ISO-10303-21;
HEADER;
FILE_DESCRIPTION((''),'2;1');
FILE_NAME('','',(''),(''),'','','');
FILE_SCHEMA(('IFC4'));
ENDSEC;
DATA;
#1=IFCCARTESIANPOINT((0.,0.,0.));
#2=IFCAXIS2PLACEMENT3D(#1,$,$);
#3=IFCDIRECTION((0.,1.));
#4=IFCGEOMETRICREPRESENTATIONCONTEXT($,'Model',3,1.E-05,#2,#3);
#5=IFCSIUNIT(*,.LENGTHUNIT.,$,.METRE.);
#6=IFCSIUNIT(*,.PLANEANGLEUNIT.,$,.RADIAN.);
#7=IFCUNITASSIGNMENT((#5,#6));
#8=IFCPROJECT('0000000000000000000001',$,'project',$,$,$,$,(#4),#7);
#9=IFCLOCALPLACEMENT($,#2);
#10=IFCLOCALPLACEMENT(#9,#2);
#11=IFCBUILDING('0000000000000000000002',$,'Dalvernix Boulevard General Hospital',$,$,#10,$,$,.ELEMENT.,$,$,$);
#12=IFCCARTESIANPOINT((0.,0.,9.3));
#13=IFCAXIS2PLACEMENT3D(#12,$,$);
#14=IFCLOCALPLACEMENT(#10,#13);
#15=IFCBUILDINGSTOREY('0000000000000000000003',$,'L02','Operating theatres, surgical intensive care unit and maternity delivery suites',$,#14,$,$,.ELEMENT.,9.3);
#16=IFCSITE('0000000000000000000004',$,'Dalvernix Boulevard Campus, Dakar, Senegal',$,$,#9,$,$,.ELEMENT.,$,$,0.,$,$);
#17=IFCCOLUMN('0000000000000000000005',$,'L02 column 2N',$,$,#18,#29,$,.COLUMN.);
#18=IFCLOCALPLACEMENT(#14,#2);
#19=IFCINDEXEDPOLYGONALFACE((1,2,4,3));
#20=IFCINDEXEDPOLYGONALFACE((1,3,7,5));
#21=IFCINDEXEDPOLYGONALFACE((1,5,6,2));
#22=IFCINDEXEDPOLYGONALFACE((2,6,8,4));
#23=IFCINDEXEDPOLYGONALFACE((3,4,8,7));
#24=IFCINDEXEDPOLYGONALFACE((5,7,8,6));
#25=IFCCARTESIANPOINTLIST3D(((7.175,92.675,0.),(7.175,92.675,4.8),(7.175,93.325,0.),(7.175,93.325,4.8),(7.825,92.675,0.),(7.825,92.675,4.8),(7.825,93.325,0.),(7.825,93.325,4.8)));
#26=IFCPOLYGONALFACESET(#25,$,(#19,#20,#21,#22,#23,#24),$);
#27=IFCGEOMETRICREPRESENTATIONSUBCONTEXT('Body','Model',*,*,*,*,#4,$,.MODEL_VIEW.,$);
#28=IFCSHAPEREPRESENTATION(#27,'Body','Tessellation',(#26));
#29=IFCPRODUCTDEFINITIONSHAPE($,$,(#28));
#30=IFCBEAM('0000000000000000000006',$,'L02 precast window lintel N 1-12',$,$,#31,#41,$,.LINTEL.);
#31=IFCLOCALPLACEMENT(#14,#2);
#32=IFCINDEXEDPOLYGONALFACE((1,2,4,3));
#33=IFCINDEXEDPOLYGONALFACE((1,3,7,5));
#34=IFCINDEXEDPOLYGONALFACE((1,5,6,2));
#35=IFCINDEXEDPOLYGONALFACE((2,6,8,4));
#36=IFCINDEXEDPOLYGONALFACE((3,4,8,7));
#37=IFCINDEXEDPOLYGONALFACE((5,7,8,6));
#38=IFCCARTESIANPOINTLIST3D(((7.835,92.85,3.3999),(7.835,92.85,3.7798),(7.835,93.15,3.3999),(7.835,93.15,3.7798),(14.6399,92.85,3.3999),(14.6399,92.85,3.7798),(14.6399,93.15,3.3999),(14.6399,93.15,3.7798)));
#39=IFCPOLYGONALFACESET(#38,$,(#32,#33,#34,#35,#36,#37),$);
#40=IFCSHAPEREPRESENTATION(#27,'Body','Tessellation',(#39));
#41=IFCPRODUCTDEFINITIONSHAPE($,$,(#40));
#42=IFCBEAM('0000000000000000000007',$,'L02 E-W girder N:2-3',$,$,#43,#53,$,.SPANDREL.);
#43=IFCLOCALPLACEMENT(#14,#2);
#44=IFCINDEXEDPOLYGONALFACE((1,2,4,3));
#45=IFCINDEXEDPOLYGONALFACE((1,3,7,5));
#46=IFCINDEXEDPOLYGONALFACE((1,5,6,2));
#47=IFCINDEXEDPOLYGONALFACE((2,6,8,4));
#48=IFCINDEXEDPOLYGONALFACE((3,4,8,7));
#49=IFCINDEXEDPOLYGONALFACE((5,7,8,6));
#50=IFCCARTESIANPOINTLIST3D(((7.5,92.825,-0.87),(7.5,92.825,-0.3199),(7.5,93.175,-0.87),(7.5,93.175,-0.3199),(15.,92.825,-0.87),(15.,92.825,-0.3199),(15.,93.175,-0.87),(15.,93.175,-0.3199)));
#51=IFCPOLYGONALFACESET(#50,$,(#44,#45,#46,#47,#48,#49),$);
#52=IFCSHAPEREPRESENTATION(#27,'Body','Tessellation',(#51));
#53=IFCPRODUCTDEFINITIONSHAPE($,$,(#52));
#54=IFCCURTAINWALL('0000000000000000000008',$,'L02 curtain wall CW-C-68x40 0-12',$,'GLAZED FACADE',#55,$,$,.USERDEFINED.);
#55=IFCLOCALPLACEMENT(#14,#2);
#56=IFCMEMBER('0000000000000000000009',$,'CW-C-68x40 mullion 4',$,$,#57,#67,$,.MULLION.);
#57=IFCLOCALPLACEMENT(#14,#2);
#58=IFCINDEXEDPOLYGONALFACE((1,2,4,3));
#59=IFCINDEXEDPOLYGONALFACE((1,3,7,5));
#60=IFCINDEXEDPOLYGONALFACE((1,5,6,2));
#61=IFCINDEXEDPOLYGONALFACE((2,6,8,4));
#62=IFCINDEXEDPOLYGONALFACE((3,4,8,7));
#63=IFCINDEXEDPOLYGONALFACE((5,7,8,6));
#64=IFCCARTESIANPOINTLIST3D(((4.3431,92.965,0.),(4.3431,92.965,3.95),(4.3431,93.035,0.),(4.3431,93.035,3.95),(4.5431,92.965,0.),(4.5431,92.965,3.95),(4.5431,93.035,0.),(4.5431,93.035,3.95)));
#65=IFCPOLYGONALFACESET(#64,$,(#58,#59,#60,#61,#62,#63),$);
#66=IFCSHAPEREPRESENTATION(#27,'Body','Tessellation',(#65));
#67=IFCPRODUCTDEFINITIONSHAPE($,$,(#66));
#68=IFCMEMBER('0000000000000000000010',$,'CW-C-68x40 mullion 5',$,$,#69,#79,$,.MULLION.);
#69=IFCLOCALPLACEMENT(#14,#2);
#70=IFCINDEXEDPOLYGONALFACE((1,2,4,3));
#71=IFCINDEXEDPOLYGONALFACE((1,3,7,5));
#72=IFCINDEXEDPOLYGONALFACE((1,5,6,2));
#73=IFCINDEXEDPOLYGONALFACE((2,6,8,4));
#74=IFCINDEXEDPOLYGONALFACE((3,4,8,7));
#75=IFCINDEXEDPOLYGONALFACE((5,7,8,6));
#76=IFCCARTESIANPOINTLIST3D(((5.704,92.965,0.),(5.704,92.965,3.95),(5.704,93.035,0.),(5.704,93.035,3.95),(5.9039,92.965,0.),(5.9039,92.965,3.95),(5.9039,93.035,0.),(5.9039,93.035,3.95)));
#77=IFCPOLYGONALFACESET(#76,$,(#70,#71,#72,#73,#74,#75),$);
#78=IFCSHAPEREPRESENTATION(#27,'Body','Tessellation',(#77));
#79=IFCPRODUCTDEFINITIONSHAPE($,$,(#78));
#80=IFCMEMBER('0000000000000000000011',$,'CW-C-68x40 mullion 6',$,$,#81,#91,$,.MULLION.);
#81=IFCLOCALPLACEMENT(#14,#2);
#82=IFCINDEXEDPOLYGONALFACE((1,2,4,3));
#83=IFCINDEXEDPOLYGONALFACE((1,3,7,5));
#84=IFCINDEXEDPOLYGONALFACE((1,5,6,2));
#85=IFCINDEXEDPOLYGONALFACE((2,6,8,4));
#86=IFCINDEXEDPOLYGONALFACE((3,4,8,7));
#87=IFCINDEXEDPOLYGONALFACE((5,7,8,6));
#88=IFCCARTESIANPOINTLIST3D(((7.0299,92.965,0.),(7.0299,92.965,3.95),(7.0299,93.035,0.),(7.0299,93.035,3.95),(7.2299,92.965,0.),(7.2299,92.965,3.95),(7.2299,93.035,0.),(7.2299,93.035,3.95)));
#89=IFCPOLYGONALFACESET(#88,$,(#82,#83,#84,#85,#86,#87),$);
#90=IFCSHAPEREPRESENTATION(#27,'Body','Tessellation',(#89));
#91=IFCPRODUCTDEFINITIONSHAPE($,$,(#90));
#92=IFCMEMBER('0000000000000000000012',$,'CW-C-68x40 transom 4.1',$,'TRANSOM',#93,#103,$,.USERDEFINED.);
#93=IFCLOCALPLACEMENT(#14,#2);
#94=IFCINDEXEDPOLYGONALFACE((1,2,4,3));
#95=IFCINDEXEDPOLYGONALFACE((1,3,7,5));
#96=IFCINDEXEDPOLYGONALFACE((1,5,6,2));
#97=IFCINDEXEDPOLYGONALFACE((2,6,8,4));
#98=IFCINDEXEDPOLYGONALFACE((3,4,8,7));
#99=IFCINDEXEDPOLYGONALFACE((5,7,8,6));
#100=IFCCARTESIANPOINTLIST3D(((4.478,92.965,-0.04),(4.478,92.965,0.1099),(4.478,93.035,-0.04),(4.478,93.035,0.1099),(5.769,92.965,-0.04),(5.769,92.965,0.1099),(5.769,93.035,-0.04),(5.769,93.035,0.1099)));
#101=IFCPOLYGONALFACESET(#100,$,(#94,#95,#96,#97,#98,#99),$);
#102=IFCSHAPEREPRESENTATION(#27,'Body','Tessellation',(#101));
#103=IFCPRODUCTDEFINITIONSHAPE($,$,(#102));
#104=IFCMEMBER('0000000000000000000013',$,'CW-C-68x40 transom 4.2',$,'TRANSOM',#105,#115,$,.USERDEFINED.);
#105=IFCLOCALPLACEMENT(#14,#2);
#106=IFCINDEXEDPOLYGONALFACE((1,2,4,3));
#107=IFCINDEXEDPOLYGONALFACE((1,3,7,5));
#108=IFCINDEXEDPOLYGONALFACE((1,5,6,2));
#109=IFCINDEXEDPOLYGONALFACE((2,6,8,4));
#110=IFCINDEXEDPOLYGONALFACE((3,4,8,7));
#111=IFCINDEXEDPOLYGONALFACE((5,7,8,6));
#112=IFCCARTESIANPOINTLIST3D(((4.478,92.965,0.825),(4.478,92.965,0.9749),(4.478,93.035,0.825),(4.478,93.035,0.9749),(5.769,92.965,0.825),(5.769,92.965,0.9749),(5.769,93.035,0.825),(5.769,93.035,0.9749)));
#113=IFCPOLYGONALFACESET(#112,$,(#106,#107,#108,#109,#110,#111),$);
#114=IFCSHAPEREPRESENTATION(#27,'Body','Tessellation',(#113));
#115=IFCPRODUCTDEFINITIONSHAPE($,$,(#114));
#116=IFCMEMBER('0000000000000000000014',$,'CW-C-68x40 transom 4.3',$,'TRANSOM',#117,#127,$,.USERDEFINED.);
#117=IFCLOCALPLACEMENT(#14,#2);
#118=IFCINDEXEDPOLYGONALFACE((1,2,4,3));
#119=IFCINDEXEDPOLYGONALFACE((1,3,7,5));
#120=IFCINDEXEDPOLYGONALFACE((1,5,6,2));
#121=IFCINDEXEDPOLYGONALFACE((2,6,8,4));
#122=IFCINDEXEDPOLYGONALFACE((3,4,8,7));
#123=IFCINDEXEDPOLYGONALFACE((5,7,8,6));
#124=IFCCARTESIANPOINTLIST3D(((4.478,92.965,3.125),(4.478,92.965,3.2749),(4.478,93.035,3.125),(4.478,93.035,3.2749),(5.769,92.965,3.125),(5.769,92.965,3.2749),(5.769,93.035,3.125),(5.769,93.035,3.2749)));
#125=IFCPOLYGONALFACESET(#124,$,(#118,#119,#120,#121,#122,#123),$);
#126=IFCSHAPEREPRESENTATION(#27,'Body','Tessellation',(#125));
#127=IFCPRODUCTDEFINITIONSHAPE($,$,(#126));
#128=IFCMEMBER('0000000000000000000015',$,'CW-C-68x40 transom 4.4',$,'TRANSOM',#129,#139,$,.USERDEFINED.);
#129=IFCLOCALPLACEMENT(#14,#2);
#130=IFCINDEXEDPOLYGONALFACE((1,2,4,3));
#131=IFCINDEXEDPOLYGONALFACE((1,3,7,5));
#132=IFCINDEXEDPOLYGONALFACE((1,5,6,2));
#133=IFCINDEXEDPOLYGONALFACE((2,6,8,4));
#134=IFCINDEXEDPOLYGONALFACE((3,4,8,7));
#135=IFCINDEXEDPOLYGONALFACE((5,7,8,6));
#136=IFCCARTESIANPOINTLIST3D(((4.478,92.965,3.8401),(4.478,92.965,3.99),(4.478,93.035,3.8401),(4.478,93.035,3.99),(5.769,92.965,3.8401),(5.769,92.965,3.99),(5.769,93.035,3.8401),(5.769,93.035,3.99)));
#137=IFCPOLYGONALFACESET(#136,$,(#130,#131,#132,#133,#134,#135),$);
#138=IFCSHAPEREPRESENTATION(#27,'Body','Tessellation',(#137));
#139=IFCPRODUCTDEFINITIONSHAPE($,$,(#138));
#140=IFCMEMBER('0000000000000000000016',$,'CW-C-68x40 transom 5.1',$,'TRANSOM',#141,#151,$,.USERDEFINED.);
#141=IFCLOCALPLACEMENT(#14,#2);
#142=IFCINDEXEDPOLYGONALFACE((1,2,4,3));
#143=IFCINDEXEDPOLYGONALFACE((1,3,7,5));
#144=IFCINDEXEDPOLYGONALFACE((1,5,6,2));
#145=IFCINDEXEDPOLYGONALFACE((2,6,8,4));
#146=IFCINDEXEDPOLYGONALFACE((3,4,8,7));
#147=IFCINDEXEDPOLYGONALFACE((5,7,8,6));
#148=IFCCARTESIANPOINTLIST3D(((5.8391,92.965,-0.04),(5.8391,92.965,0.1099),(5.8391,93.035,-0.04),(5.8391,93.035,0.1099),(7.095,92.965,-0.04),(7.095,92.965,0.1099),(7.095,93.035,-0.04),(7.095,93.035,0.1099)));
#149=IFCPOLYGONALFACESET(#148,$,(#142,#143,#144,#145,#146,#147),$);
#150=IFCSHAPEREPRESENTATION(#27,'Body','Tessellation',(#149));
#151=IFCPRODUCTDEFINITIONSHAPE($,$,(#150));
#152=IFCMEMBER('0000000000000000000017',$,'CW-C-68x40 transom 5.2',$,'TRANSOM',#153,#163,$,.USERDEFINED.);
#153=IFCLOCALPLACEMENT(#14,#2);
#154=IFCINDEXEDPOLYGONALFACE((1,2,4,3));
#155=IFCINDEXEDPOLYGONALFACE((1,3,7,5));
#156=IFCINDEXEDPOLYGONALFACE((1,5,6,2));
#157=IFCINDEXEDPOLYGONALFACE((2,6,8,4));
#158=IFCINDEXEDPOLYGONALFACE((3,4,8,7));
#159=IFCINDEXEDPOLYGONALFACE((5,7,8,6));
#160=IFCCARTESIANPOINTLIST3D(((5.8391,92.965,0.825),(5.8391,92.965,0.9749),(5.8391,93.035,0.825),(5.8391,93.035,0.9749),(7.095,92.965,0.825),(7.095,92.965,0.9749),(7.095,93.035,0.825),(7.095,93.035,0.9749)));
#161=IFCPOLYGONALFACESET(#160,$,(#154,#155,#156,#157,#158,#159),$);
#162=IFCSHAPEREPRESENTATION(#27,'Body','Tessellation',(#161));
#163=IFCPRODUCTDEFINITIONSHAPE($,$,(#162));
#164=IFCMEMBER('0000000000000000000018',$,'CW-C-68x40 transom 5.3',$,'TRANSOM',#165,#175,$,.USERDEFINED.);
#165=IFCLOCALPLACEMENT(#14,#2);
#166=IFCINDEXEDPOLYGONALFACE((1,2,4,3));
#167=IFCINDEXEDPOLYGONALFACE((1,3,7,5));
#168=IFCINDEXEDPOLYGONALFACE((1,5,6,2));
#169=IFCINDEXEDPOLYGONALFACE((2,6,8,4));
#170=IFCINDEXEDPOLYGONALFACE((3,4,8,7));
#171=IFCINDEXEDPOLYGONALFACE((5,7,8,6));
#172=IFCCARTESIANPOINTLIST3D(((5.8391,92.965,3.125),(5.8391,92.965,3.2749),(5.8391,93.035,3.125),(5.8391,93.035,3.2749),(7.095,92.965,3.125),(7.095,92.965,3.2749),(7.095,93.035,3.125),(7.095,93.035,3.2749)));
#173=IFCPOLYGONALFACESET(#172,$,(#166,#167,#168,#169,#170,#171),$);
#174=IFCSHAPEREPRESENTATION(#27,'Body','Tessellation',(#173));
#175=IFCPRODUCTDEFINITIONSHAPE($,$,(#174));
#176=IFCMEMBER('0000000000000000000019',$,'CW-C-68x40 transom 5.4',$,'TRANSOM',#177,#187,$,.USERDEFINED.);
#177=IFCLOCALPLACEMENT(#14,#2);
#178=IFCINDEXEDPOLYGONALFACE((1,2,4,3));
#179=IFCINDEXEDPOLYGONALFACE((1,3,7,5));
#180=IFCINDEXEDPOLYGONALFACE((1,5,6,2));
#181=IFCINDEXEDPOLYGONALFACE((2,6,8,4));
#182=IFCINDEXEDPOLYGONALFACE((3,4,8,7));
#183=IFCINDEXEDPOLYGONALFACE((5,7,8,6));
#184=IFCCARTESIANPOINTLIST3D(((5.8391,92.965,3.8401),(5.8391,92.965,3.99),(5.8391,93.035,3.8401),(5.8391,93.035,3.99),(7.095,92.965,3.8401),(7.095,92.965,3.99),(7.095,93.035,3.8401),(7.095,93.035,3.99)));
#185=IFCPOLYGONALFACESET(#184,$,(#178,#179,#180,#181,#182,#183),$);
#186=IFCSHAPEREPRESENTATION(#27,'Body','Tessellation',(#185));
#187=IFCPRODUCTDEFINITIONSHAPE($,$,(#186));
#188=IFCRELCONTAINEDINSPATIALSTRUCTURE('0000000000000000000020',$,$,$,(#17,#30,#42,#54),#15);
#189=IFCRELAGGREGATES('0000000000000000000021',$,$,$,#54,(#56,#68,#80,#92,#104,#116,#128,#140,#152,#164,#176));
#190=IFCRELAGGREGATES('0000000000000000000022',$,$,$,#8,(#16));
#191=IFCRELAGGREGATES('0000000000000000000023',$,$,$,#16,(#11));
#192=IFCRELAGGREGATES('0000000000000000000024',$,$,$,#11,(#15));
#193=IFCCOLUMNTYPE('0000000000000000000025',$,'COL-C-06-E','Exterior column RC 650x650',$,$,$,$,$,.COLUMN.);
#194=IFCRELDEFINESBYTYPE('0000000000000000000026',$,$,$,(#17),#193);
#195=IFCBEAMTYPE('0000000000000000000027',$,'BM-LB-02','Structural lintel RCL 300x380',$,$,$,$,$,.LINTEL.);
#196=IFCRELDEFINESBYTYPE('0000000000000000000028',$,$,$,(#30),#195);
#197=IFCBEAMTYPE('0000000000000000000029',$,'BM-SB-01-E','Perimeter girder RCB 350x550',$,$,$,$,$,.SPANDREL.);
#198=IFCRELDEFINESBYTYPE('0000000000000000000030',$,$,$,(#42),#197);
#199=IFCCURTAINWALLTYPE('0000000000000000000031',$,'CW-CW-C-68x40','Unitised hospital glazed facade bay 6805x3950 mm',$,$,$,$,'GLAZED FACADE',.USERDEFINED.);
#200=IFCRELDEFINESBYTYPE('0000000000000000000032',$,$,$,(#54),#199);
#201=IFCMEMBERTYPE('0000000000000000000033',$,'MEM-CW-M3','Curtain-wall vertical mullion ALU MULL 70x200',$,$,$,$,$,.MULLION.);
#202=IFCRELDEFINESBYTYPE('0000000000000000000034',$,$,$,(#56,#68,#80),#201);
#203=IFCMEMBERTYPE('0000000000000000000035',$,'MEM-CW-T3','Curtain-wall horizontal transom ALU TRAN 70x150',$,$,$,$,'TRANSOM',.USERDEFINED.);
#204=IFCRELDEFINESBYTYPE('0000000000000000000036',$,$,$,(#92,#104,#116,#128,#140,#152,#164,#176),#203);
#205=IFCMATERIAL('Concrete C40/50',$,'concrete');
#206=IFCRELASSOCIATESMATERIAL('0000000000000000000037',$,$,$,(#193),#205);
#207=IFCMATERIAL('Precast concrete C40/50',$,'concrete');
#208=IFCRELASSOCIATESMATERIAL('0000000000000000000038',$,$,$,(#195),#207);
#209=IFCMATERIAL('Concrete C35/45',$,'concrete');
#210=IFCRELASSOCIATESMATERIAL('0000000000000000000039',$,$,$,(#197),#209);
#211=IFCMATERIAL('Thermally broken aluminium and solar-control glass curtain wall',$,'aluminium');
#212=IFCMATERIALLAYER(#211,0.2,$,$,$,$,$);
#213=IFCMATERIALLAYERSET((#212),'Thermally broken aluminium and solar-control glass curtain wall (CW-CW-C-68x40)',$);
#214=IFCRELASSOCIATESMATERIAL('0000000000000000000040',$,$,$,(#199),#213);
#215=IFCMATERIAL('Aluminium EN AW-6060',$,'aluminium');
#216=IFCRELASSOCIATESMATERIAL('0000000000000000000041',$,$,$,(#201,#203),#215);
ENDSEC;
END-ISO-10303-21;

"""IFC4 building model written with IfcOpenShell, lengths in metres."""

from ifc_helpers import new_model, si_unit, direction, frame, origin, origin_2d, place, context, subcontext, project, spatial, rectangle, extrude, material, layer, layer_set, material_profile, profile_set, type_object, element, aggregate, save


model = new_model("IFC4")

# Units and contexts
model_context = context("Model", 3, precision=1e-05, world=origin(), true_north=direction((0.0, 1.0)))
body_context = subcontext(model_context, "Body", "Model", "MODEL_VIEW")
ifc_project = project(units=[si_unit("LENGTHUNIT", "METRE"), si_unit("PLANEANGLEUNIT", "RADIAN")], contexts=[model_context])

# Site, building, storey
site_placement = place(None, origin())
site = spatial("IfcSite", under=ifc_project, at=site_placement, Name="Dalvernix Boulevard Campus, Dakar, Senegal", CompositionType="ELEMENT", RefElevation=0.0)
building_placement = place(site_placement, origin())
building = spatial("IfcBuilding", under=site, at=building_placement, Name="Dalvernix Boulevard General Hospital", CompositionType="ELEMENT")
storey_placement = place(building_placement, frame((0.0, 0.0, 9.3)))
storey = spatial("IfcBuildingStorey", under=building, at=storey_placement, Name="L02", Description="Operating theatres, surgical intensive care unit and maternity delivery suites", CompositionType="ELEMENT", Elevation=9.3)

# Column
ifc_material_1 = material(Name="Concrete C40/50", Category="concrete")
ifc_material_profile_1 = material_profile(ifc_material_1, rectangle(XDim=0.6499, YDim=0.6499, at=origin_2d()), Name="RC 650x650")
ifc_profile_set_1 = profile_set([ifc_material_profile_1], Name="Concrete C40/50")
column_type = type_object("IfcColumnType", Name="COL-C-06-E", Description="Exterior column RC 650x650", PredefinedType="COLUMN", material=ifc_profile_set_1)
column_placement = place(storey_placement, frame((7.5, 93.0, 0.0), z_axis=(0.0, 0.0, 1.0), x_axis=(1.0, 0.0, 0.0)))
element("IfcColumn", 1, at=column_placement, inside=storey, type_object=column_type, Name="L02 column 2N", PredefinedType="COLUMN", context=body_context, shape_type="SweptSolid", body=[
    extrude(rectangle(XDim=0.6499, YDim=0.6499, at=origin_2d()), origin(), (0.0, 0.0, 1.0), 4.8),
])

# Beams
ifc_material_2 = material(Name="Precast concrete C40/50", Category="concrete")
ifc_material_profile_2 = material_profile(ifc_material_2, rectangle(XDim=0.3, YDim=0.3799, at=origin_2d()), Name="RCL 300x380")
ifc_profile_set_2 = profile_set([ifc_material_profile_2], Name="Precast concrete C40/50")
beam_type_1 = type_object("IfcBeamType", Name="BM-LB-02", Description="Structural lintel RCL 300x380", PredefinedType="LINTEL", material=ifc_profile_set_2)
beam_1_placement = place(storey_placement, frame((7.835, 93.0, 3.5898), z_axis=(1.0, 0.0, 0.0), x_axis=(0.0, 1.0, 0.0)))
element("IfcBeam", 2, at=beam_1_placement, inside=storey, type_object=beam_type_1, Name="L02 precast window lintel N 1-12", PredefinedType="LINTEL", context=body_context, shape_type="SweptSolid", body=[
    extrude(rectangle(XDim=0.3, YDim=0.3799, at=origin_2d()), origin(), (0.0, 0.0, 1.0), 6.8049),
])
ifc_material_3 = material(Name="Concrete C35/45", Category="concrete")
ifc_material_profile_3 = material_profile(ifc_material_3, rectangle(XDim=0.3501, YDim=0.55, at=origin_2d()), Name="RCB 350x550")
ifc_profile_set_3 = profile_set([ifc_material_profile_3], Name="Concrete C35/45")
beam_type_2 = type_object("IfcBeamType", Name="BM-SB-01-E", Description="Perimeter girder RCB 350x550", PredefinedType="SPANDREL", material=ifc_profile_set_3)
beam_2_placement = place(storey_placement, frame((7.5, 93.0, -0.595), z_axis=(1.0, 0.0, 0.0), x_axis=(0.0, 1.0, 0.0)))
element("IfcBeam", 3, at=beam_2_placement, inside=storey, type_object=beam_type_2, Name="L02 E-W girder N:2-3", PredefinedType="SPANDREL", context=body_context, shape_type="SweptSolid", body=[
    extrude(rectangle(XDim=0.3501, YDim=0.55, at=origin_2d()), origin(), (0.0, 0.0, 1.0), 7.5),
])

# Curtain wall, members
ifc_material_4 = material(Name="Thermally broken aluminium and solar-control glass curtain wall", Category="aluminium")
ifc_layer_1 = layer(ifc_material_4, 0.2)
ifc_layer_set_1 = layer_set([ifc_layer_1], Name="Thermally broken aluminium and solar-control glass curtain wall (CW-CW-C-68x40)")
curtain_wall_type = type_object("IfcCurtainWallType", Name="CW-CW-C-68x40", Description="Unitised hospital glazed facade bay 6805x3950 mm", ElementType="GLAZED FACADE", PredefinedType="USERDEFINED", material=ifc_layer_set_1)
curtain_wall_placement = place(storey_placement, origin())
curtain_wall = element("IfcCurtainWall", 4, at=curtain_wall_placement, inside=storey, type_object=curtain_wall_type, Name="L02 curtain wall CW-C-68x40 0-12", ObjectType="GLAZED FACADE", PredefinedType="USERDEFINED")
ifc_material_5 = material(Name="Aluminium EN AW-6060", Category="aluminium")
ifc_material_profile_4 = material_profile(ifc_material_5, rectangle(XDim=0.0701, YDim=0.2, at=origin_2d()), Name="ALU MULL 70x200")
ifc_profile_set_4 = profile_set([ifc_material_profile_4], Name="Aluminium EN AW-6060")
member_type_1 = type_object("IfcMemberType", Name="MEM-CW-M3", Description="Curtain-wall vertical mullion ALU MULL 70x200", PredefinedType="MULLION", material=ifc_profile_set_4)
member_1_placement = place(storey_placement, frame((4.4431, 93.0, 0.0), z_axis=(0.0, 0.0, 1.0), x_axis=(0.0, 1.0, 0.0)))
member_1 = element("IfcMember", 5, at=member_1_placement, type_object=member_type_1, Name="CW-C-68x40 mullion 4", PredefinedType="MULLION", context=body_context, shape_type="SweptSolid", body=[
    extrude(rectangle(XDim=0.0701, YDim=0.2, at=origin_2d()), origin(), (0.0, 0.0, 1.0), 3.95),
])
member_2_placement = place(storey_placement, frame((5.804, 93.0, 0.0), z_axis=(0.0, 0.0, 1.0), x_axis=(0.0, 1.0, 0.0)))
member_2 = element("IfcMember", 6, at=member_2_placement, type_object=member_type_1, Name="CW-C-68x40 mullion 5", PredefinedType="MULLION", context=body_context, shape_type="SweptSolid", body=[
    extrude(rectangle(XDim=0.0701, YDim=0.2, at=origin_2d()), origin(), (0.0, 0.0, 1.0), 3.95),
])
member_3_placement = place(storey_placement, frame((7.1299, 93.0, 0.0), z_axis=(0.0, 0.0, 1.0), x_axis=(0.0, 1.0, 0.0)))
member_3 = element("IfcMember", 7, at=member_3_placement, type_object=member_type_1, Name="CW-C-68x40 mullion 6", PredefinedType="MULLION", context=body_context, shape_type="SweptSolid", body=[
    extrude(rectangle(XDim=0.0701, YDim=0.2, at=origin_2d()), origin(), (0.0, 0.0, 1.0), 3.95),
])
ifc_material_profile_5 = material_profile(ifc_material_5, rectangle(XDim=0.0701, YDim=0.1499, at=origin_2d()), Name="ALU TRAN 70x150")
ifc_profile_set_5 = profile_set([ifc_material_profile_5], Name="Aluminium EN AW-6060")
member_type_2 = type_object("IfcMemberType", Name="MEM-CW-T3", Description="Curtain-wall horizontal transom ALU TRAN 70x150", ElementType="TRANSOM", PredefinedType="USERDEFINED", material=ifc_profile_set_5)
member_4_placement = place(storey_placement, frame((4.478, 93.0, 0.0349), z_axis=(1.0, 0.0, 0.0), x_axis=(0.0, 1.0, 0.0)))
member_4 = element("IfcMember", 8, at=member_4_placement, type_object=member_type_2, Name="CW-C-68x40 transom 4.1", ObjectType="TRANSOM", PredefinedType="USERDEFINED", context=body_context, shape_type="SweptSolid", body=[
    extrude(rectangle(XDim=0.0701, YDim=0.1499, at=origin_2d()), origin(), (0.0, 0.0, 1.0), 1.291),
])
member_5_placement = place(storey_placement, frame((4.478, 93.0, 0.8999), z_axis=(1.0, 0.0, 0.0), x_axis=(0.0, 1.0, 0.0)))
member_5 = element("IfcMember", 9, at=member_5_placement, type_object=member_type_2, Name="CW-C-68x40 transom 4.2", ObjectType="TRANSOM", PredefinedType="USERDEFINED", context=body_context, shape_type="SweptSolid", body=[
    extrude(rectangle(XDim=0.0701, YDim=0.1499, at=origin_2d()), origin(), (0.0, 0.0, 1.0), 1.291),
])
member_6_placement = place(storey_placement, frame((4.478, 93.0, 3.2), z_axis=(1.0, 0.0, 0.0), x_axis=(0.0, 1.0, 0.0)))
member_6 = element("IfcMember", 10, at=member_6_placement, type_object=member_type_2, Name="CW-C-68x40 transom 4.3", ObjectType="TRANSOM", PredefinedType="USERDEFINED", context=body_context, shape_type="SweptSolid", body=[
    extrude(rectangle(XDim=0.0701, YDim=0.1499, at=origin_2d()), origin(), (0.0, 0.0, 1.0), 1.291),
])
member_7_placement = place(storey_placement, frame((4.478, 93.0, 3.915), z_axis=(1.0, 0.0, 0.0), x_axis=(0.0, 1.0, 0.0)))
member_7 = element("IfcMember", 11, at=member_7_placement, type_object=member_type_2, Name="CW-C-68x40 transom 4.4", ObjectType="TRANSOM", PredefinedType="USERDEFINED", context=body_context, shape_type="SweptSolid", body=[
    extrude(rectangle(XDim=0.0701, YDim=0.1499, at=origin_2d()), origin(), (0.0, 0.0, 1.0), 1.291),
])
member_8_placement = place(storey_placement, frame((5.8391, 93.0, 0.0349), z_axis=(1.0, 0.0, 0.0), x_axis=(0.0, 1.0, 0.0)))
member_8 = element("IfcMember", 12, at=member_8_placement, type_object=member_type_2, Name="CW-C-68x40 transom 5.1", ObjectType="TRANSOM", PredefinedType="USERDEFINED", context=body_context, shape_type="SweptSolid", body=[
    extrude(rectangle(XDim=0.0701, YDim=0.1499, at=origin_2d()), origin(), (0.0, 0.0, 1.0), 1.2559),
])
member_9_placement = place(storey_placement, frame((5.8391, 93.0, 0.8999), z_axis=(1.0, 0.0, 0.0), x_axis=(0.0, 1.0, 0.0)))
member_9 = element("IfcMember", 13, at=member_9_placement, type_object=member_type_2, Name="CW-C-68x40 transom 5.2", ObjectType="TRANSOM", PredefinedType="USERDEFINED", context=body_context, shape_type="SweptSolid", body=[
    extrude(rectangle(XDim=0.0701, YDim=0.1499, at=origin_2d()), origin(), (0.0, 0.0, 1.0), 1.2559),
])
member_10_placement = place(storey_placement, frame((5.8391, 93.0, 3.2), z_axis=(1.0, 0.0, 0.0), x_axis=(0.0, 1.0, 0.0)))
member_10 = element("IfcMember", 14, at=member_10_placement, type_object=member_type_2, Name="CW-C-68x40 transom 5.3", ObjectType="TRANSOM", PredefinedType="USERDEFINED", context=body_context, shape_type="SweptSolid", body=[
    extrude(rectangle(XDim=0.0701, YDim=0.1499, at=origin_2d()), origin(), (0.0, 0.0, 1.0), 1.2559),
])
member_11_placement = place(storey_placement, frame((5.8391, 93.0, 3.915), z_axis=(1.0, 0.0, 0.0), x_axis=(0.0, 1.0, 0.0)))
member_11 = element("IfcMember", 15, at=member_11_placement, type_object=member_type_2, Name="CW-C-68x40 transom 5.4", ObjectType="TRANSOM", PredefinedType="USERDEFINED", context=body_context, shape_type="SweptSolid", body=[
    extrude(rectangle(XDim=0.0701, YDim=0.1499, at=origin_2d()), origin(), (0.0, 0.0, 1.0), 1.2559),
])
aggregate(curtain_wall, [member_1, member_2, member_3, member_4, member_5, member_6, member_7, member_8, member_9, member_10, member_11])

save(model, "model.ifc")
